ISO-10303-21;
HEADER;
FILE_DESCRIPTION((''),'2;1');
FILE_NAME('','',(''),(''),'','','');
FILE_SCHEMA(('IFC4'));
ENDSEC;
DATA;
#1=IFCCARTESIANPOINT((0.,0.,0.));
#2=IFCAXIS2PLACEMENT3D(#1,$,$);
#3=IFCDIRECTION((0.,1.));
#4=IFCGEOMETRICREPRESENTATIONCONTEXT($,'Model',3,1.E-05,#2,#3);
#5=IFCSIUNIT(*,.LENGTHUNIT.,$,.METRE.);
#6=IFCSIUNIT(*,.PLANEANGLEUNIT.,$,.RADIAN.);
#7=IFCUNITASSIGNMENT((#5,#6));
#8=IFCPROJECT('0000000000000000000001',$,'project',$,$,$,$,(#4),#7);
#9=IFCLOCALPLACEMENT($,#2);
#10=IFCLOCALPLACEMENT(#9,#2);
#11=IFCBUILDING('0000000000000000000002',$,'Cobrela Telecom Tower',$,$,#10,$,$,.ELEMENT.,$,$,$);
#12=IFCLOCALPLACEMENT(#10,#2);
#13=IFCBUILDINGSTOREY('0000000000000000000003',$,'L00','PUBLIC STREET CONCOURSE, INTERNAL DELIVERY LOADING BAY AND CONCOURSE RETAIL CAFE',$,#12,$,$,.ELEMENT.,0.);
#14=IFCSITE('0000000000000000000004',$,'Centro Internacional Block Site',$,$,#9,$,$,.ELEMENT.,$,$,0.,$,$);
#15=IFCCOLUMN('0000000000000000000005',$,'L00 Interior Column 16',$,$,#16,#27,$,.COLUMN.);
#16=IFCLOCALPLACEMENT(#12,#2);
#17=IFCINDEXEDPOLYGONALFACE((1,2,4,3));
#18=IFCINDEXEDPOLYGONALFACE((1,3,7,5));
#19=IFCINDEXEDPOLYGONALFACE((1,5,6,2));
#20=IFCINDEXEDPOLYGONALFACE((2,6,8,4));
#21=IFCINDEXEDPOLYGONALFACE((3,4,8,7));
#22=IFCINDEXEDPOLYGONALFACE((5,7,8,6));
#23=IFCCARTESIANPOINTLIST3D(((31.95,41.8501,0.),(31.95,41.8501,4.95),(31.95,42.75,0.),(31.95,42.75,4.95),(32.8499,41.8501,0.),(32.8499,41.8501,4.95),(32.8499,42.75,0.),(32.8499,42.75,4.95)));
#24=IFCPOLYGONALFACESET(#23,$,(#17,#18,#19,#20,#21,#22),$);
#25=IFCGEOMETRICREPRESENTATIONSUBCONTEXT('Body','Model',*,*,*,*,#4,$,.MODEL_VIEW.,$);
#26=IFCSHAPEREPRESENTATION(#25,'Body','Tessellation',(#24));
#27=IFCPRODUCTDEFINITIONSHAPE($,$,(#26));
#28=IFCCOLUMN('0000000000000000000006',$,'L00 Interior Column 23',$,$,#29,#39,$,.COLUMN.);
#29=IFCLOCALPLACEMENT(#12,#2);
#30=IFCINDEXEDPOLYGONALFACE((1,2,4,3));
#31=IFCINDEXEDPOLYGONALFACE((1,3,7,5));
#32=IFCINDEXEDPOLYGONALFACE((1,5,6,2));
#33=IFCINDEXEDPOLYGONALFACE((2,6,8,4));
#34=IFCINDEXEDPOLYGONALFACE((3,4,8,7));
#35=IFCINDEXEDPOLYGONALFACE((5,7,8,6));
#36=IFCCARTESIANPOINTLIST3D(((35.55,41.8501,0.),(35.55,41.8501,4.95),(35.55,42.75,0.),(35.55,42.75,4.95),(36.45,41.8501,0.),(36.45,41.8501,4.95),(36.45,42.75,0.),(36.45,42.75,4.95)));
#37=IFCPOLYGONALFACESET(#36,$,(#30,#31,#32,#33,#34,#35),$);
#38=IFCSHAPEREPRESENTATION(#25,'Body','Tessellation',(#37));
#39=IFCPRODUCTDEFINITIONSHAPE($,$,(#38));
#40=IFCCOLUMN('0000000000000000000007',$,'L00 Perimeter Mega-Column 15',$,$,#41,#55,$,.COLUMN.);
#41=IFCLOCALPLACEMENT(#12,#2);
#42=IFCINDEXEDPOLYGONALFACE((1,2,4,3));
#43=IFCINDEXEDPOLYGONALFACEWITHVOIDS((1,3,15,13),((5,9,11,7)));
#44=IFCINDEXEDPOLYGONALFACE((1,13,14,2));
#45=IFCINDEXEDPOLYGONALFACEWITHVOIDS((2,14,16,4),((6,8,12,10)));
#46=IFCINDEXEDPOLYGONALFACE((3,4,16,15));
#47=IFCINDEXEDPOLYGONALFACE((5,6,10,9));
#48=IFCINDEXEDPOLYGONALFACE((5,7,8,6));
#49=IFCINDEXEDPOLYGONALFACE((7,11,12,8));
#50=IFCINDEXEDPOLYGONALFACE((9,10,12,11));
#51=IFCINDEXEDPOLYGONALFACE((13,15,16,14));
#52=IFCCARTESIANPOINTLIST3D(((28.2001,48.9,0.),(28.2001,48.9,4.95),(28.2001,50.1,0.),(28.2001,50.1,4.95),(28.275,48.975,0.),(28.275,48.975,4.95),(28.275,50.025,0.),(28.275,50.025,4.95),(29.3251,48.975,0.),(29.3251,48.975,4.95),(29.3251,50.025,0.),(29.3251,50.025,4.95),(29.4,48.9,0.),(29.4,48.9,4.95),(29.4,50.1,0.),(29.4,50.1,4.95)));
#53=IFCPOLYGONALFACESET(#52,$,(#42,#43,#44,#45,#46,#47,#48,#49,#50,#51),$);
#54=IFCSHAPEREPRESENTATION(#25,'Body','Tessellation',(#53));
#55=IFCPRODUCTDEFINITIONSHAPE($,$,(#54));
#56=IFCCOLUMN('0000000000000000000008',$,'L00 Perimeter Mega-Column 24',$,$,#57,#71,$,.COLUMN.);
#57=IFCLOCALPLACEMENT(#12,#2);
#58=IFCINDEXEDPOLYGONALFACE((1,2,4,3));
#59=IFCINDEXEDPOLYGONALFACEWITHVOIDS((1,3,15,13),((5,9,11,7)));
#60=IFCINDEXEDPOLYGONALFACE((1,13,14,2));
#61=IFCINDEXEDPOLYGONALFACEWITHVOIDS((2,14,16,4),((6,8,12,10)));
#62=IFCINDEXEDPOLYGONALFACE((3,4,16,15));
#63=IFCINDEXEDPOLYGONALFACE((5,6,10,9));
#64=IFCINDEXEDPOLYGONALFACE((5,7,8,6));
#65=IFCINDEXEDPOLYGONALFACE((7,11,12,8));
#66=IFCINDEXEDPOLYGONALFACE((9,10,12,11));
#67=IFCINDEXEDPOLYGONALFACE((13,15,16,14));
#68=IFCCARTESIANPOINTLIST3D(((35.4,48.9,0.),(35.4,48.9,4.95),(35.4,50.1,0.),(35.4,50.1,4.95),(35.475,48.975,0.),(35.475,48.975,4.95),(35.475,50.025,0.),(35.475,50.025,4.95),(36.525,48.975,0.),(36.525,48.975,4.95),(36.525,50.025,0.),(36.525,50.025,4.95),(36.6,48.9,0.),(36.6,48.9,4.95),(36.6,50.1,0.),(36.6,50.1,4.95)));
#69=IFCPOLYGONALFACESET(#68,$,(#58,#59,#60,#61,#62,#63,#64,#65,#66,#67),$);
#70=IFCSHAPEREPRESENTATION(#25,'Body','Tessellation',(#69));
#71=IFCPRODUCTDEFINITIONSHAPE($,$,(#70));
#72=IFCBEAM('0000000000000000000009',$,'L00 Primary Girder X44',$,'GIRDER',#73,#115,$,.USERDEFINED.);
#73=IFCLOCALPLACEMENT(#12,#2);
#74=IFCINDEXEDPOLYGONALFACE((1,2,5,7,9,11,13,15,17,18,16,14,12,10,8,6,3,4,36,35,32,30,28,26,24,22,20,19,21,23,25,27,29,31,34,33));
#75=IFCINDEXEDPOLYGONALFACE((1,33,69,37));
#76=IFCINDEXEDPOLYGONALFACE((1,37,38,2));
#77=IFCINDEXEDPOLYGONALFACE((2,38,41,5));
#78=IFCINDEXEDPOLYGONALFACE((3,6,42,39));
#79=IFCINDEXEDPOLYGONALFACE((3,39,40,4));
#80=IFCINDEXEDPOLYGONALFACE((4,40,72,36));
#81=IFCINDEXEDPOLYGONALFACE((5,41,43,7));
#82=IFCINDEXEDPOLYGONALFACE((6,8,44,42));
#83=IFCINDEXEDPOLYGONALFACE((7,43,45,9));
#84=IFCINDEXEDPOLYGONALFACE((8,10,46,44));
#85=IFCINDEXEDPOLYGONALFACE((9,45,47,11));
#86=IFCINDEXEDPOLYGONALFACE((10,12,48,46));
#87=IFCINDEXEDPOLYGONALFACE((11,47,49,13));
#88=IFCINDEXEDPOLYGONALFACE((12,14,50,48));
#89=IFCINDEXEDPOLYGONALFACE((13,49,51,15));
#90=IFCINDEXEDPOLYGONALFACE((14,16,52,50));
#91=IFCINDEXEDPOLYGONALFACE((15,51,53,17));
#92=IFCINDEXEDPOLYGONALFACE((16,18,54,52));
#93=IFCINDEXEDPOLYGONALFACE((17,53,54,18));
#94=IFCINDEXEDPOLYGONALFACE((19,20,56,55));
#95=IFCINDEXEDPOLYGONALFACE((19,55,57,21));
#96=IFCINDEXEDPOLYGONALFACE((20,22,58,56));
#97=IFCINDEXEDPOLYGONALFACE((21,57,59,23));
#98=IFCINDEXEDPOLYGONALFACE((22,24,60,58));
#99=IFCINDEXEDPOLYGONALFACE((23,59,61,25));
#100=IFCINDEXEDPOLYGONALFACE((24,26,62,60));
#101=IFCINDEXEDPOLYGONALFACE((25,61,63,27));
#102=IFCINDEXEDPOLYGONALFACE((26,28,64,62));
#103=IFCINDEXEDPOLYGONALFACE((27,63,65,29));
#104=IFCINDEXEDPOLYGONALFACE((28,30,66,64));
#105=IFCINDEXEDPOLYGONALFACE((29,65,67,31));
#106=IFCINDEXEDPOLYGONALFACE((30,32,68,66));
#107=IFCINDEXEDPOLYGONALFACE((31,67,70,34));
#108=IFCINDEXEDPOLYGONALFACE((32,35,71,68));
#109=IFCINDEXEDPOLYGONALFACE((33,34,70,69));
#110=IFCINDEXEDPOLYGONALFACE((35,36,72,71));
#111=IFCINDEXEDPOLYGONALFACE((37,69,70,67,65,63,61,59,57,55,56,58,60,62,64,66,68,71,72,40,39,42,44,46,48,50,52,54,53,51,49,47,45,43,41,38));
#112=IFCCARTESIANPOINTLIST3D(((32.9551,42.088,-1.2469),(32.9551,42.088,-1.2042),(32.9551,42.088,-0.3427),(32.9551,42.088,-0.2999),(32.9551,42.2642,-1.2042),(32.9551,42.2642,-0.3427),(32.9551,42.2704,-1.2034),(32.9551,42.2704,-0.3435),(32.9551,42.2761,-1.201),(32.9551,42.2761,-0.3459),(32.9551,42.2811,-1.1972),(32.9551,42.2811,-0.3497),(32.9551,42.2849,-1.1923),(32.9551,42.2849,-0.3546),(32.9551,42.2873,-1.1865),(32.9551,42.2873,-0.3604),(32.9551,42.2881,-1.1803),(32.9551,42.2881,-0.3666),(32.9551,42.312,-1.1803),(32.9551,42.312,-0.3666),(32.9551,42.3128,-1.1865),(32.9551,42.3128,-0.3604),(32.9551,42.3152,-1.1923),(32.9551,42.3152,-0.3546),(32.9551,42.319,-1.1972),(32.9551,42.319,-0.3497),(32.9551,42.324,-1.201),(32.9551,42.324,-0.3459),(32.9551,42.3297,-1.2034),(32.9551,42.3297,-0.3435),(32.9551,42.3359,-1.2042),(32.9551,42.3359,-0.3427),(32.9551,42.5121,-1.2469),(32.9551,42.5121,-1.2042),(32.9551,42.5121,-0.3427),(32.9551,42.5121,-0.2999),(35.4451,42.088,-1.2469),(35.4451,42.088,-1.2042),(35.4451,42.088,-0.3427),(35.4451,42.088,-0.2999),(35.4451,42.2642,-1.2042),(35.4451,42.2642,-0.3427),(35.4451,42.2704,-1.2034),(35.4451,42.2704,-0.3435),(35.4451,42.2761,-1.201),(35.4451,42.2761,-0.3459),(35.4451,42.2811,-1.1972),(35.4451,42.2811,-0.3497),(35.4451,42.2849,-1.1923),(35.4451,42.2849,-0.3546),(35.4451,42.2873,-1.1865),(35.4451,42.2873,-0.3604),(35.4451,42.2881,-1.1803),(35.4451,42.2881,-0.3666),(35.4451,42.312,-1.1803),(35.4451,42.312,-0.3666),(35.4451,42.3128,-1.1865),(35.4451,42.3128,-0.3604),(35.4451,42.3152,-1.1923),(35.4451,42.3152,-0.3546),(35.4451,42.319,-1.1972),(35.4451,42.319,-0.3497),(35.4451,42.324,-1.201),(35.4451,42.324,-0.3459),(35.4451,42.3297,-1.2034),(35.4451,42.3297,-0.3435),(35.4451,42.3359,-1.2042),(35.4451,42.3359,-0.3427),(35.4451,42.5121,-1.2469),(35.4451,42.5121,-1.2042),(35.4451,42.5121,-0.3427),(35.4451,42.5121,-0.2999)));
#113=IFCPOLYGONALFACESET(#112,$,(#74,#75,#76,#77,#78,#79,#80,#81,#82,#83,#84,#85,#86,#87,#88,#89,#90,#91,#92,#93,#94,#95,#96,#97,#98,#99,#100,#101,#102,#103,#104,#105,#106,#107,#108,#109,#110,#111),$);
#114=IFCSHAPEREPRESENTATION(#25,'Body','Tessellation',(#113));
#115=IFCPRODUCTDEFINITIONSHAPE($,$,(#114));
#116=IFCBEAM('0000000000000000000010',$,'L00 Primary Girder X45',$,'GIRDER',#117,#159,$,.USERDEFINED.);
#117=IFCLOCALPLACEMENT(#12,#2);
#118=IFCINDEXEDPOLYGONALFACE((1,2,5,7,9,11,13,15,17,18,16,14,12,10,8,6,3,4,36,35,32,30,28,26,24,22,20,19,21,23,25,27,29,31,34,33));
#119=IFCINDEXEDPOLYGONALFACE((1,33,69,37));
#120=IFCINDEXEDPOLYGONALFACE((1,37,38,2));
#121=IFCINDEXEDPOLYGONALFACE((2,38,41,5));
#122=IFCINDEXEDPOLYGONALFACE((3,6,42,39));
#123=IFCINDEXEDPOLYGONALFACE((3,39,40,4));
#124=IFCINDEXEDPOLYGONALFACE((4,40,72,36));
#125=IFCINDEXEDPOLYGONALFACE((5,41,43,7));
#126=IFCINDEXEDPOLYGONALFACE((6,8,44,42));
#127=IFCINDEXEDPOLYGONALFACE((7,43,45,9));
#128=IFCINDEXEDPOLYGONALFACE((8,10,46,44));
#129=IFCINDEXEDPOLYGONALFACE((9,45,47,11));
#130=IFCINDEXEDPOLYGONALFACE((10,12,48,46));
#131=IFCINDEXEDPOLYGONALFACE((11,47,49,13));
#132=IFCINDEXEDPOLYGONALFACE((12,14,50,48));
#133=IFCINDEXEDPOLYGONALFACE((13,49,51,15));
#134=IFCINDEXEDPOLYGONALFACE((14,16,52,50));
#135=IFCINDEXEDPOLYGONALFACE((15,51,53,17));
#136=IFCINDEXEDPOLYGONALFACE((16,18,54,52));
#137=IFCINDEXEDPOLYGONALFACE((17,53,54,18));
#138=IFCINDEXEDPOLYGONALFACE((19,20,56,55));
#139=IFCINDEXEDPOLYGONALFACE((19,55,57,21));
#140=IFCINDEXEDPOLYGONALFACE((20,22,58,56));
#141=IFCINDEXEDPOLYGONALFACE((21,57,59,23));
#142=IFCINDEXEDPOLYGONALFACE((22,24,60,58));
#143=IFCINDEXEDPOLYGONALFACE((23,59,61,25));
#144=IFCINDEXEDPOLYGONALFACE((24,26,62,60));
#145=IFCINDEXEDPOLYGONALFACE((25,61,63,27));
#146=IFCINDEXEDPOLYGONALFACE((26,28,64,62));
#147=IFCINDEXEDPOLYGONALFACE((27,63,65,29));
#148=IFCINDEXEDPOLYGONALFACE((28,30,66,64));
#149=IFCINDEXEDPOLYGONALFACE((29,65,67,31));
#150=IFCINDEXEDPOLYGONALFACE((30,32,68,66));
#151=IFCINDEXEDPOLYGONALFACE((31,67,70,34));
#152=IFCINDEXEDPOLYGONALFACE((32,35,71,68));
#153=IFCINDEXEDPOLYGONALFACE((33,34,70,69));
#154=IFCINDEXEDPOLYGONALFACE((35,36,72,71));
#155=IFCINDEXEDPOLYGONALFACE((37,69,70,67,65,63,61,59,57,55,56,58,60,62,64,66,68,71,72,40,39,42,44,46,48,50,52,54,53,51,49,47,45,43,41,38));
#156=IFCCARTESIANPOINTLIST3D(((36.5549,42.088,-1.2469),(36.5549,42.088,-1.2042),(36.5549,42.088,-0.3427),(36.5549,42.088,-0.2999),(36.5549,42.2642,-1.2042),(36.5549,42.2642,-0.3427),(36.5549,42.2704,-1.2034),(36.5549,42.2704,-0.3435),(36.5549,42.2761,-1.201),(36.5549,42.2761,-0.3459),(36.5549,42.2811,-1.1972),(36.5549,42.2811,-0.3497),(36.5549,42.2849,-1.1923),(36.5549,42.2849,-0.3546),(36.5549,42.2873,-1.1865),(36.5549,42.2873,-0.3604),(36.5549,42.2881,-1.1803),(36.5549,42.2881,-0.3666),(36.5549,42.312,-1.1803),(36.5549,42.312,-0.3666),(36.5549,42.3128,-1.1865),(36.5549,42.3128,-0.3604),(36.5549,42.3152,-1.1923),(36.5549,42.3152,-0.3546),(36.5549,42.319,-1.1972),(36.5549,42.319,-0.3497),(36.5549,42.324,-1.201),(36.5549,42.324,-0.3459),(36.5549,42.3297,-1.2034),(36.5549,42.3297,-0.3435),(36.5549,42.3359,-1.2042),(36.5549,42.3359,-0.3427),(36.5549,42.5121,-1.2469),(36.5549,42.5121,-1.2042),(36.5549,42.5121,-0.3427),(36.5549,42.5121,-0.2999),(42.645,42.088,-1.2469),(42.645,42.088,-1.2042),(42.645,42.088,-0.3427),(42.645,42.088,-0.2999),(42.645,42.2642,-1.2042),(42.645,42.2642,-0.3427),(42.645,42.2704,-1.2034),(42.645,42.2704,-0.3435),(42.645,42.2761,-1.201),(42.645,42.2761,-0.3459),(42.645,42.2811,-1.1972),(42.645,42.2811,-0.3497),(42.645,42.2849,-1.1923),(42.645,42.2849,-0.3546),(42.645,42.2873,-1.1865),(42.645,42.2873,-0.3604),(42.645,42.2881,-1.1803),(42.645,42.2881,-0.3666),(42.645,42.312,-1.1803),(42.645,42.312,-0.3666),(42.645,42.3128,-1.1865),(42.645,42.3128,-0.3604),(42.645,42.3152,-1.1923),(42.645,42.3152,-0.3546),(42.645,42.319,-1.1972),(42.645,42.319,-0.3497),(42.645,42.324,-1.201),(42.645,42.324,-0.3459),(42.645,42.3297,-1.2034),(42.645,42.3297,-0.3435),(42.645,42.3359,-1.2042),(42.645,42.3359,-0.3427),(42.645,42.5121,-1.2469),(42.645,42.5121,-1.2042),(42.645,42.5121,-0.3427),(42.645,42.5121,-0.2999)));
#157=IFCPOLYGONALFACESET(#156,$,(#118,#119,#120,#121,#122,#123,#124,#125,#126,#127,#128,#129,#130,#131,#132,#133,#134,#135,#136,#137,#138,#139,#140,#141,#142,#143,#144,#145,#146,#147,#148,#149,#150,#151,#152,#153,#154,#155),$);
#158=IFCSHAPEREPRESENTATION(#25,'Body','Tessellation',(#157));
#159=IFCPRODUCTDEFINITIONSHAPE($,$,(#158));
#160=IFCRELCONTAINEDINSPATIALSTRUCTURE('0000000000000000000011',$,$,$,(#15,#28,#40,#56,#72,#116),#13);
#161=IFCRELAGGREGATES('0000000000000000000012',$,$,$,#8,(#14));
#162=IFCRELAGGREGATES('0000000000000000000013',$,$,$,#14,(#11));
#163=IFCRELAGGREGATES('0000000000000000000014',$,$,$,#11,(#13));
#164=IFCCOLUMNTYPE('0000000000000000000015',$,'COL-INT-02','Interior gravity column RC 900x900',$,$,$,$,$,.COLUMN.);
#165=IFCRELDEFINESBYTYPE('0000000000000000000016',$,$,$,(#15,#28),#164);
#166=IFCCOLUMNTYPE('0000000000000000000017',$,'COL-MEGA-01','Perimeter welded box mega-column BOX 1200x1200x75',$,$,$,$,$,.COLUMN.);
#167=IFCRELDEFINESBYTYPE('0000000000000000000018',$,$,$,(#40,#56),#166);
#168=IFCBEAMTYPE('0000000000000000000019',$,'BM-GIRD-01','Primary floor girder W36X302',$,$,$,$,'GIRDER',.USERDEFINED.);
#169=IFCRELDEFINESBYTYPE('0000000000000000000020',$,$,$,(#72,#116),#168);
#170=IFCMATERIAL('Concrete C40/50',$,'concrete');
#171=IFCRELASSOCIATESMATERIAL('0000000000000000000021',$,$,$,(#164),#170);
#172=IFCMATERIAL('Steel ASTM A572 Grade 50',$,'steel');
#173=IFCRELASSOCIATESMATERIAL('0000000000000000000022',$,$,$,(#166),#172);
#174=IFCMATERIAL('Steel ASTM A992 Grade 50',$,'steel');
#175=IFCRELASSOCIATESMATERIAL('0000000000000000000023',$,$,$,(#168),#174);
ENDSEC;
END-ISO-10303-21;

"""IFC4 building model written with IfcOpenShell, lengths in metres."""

from ifc_helpers import new_model, si_unit, direction, frame, origin, origin_2d, place, context, subcontext, project, spatial, rectangle, hollow_rectangle, i_section, extrude, material, material_profile, profile_set, type_object, element, save


model = new_model("IFC4")

# Units and contexts
model_context = context("Model", 3, precision=1e-05, world=origin(), true_north=direction((0.0, 1.0)))
body_context = subcontext(model_context, "Body", "Model", "MODEL_VIEW")
ifc_project = project(units=[si_unit("LENGTHUNIT", "METRE"), si_unit("PLANEANGLEUNIT", "RADIAN")], contexts=[model_context])

# Site, building, storey
site_placement = place(None, origin())
site = spatial("IfcSite", under=ifc_project, at=site_placement, Name="Centro Internacional Block Site", CompositionType="ELEMENT", RefElevation=0.0)
building_placement = place(site_placement, origin())
building = spatial("IfcBuilding", under=site, at=building_placement, Name="Cobrela Telecom Tower", CompositionType="ELEMENT")
storey_placement = place(building_placement, origin())
storey = spatial("IfcBuildingStorey", under=building, at=storey_placement, Name="L00", Description="PUBLIC STREET CONCOURSE, INTERNAL DELIVERY LOADING BAY AND CONCOURSE RETAIL CAFE", CompositionType="ELEMENT", Elevation=0.0)

# Columns
ifc_material_1 = material(Name="Concrete C40/50", Category="concrete")
ifc_material_profile_1 = material_profile(ifc_material_1, rectangle(XDim=0.8999, YDim=0.8999, at=origin_2d()), Name="RC 900x900")
ifc_profile_set_1 = profile_set([ifc_material_profile_1], Name="Concrete C40/50")
column_type_1 = type_object("IfcColumnType", Name="COL-INT-02", Description="Interior gravity column RC 900x900", PredefinedType="COLUMN", material=ifc_profile_set_1)
for number, where, z_axis, x_axis, name in (
    (1, (32.3999, 42.3, 0.0), (0.0, 0.0, 1.0), (1.0, 0.0, 0.0), "L00 Interior Column 16"),
    (2, (36.0, 42.3, 0.0), (0.0, 0.0, 1.0), (1.0, 0.0, 0.0), "L00 Interior Column 23"),
):
    element("IfcColumn", number, at=place(storey_placement, frame(where, z_axis=z_axis, x_axis=x_axis)), inside=storey, type_object=column_type_1, Name=name, PredefinedType="COLUMN", context=body_context, shape_type="SweptSolid", body=[
        extrude(rectangle(XDim=0.8999, YDim=0.8999, at=origin_2d()), origin(), (0.0, 0.0, 1.0), 4.95),
    ])
ifc_material_2 = material(Name="Steel ASTM A572 Grade 50", Category="steel")
ifc_material_profile_2 = material_profile(ifc_material_2, hollow_rectangle(XDim=1.2, YDim=1.2, WallThickness=0.075, at=origin_2d()), Name="BOX 1200x1200x75")
ifc_profile_set_2 = profile_set([ifc_material_profile_2], Name="Steel ASTM A572 Grade 50")
column_type_2 = type_object("IfcColumnType", Name="COL-MEGA-01", Description="Perimeter welded box mega-column BOX 1200x1200x75", PredefinedType="COLUMN", material=ifc_profile_set_2)
for number, where, z_axis, x_axis, name in (
    (3, (28.8, 49.5, 0.0), (0.0, 0.0, 1.0), (1.0, 0.0, 0.0), "L00 Perimeter Mega-Column 15"),
    (4, (36.0, 49.5, 0.0), (0.0, 0.0, 1.0), (1.0, 0.0, 0.0), "L00 Perimeter Mega-Column 24"),
):
    element("IfcColumn", number, at=place(storey_placement, frame(where, z_axis=z_axis, x_axis=x_axis)), inside=storey, type_object=column_type_2, Name=name, PredefinedType="COLUMN", context=body_context, shape_type="SweptSolid", body=[
        extrude(hollow_rectangle(XDim=1.2, YDim=1.2, WallThickness=0.075, at=origin_2d()), origin(), (0.0, 0.0, 1.0), 4.95),
    ])

# Beams
ifc_material_3 = material(Name="Steel ASTM A992 Grade 50", Category="steel")
ifc_material_profile_3 = material_profile(ifc_material_3, i_section(OverallWidth=0.4241, OverallDepth=0.947, WebThickness=0.0239, FlangeThickness=0.0427, FilletRadius=0.0239, at=origin_2d()), Name="W36X302")
ifc_profile_set_3 = profile_set([ifc_material_profile_3], Name="Steel ASTM A992 Grade 50")
beam_type_1 = type_object("IfcBeamType", Name="BM-GIRD-01", Description="Primary floor girder W36X302", ElementType="GIRDER", PredefinedType="USERDEFINED", material=ifc_profile_set_3)
beam_1_placement = place(storey_placement, frame((32.9551, 42.3, -0.7734), z_axis=(1.0, 0.0, 0.0), x_axis=(0.0, 1.0, 0.0)))
element("IfcBeam", 5, at=beam_1_placement, inside=storey, type_object=beam_type_1, Name="L00 Primary Girder X44", ObjectType="GIRDER", PredefinedType="USERDEFINED", context=body_context, shape_type="SweptSolid", body=[
    extrude(i_section(OverallWidth=0.4241, OverallDepth=0.947, WebThickness=0.0239, FlangeThickness=0.0427, FilletRadius=0.0239, at=origin_2d()), origin(), (0.0, 0.0, 1.0), 2.49),
])
beam_2_placement = place(storey_placement, frame((36.5549, 42.3, -0.7734), z_axis=(1.0, 0.0, 0.0), x_axis=(0.0, 1.0, 0.0)))
element("IfcBeam", 6, at=beam_2_placement, inside=storey, type_object=beam_type_1, Name="L00 Primary Girder X45", ObjectType="GIRDER", PredefinedType="USERDEFINED", context=body_context, shape_type="SweptSolid", body=[
    extrude(i_section(OverallWidth=0.4241, OverallDepth=0.947, WebThickness=0.0239, FlangeThickness=0.0427, FilletRadius=0.0239, at=origin_2d()), origin(), (0.0, 0.0, 1.0), 6.0901),
])

save(model, "model.ifc")
